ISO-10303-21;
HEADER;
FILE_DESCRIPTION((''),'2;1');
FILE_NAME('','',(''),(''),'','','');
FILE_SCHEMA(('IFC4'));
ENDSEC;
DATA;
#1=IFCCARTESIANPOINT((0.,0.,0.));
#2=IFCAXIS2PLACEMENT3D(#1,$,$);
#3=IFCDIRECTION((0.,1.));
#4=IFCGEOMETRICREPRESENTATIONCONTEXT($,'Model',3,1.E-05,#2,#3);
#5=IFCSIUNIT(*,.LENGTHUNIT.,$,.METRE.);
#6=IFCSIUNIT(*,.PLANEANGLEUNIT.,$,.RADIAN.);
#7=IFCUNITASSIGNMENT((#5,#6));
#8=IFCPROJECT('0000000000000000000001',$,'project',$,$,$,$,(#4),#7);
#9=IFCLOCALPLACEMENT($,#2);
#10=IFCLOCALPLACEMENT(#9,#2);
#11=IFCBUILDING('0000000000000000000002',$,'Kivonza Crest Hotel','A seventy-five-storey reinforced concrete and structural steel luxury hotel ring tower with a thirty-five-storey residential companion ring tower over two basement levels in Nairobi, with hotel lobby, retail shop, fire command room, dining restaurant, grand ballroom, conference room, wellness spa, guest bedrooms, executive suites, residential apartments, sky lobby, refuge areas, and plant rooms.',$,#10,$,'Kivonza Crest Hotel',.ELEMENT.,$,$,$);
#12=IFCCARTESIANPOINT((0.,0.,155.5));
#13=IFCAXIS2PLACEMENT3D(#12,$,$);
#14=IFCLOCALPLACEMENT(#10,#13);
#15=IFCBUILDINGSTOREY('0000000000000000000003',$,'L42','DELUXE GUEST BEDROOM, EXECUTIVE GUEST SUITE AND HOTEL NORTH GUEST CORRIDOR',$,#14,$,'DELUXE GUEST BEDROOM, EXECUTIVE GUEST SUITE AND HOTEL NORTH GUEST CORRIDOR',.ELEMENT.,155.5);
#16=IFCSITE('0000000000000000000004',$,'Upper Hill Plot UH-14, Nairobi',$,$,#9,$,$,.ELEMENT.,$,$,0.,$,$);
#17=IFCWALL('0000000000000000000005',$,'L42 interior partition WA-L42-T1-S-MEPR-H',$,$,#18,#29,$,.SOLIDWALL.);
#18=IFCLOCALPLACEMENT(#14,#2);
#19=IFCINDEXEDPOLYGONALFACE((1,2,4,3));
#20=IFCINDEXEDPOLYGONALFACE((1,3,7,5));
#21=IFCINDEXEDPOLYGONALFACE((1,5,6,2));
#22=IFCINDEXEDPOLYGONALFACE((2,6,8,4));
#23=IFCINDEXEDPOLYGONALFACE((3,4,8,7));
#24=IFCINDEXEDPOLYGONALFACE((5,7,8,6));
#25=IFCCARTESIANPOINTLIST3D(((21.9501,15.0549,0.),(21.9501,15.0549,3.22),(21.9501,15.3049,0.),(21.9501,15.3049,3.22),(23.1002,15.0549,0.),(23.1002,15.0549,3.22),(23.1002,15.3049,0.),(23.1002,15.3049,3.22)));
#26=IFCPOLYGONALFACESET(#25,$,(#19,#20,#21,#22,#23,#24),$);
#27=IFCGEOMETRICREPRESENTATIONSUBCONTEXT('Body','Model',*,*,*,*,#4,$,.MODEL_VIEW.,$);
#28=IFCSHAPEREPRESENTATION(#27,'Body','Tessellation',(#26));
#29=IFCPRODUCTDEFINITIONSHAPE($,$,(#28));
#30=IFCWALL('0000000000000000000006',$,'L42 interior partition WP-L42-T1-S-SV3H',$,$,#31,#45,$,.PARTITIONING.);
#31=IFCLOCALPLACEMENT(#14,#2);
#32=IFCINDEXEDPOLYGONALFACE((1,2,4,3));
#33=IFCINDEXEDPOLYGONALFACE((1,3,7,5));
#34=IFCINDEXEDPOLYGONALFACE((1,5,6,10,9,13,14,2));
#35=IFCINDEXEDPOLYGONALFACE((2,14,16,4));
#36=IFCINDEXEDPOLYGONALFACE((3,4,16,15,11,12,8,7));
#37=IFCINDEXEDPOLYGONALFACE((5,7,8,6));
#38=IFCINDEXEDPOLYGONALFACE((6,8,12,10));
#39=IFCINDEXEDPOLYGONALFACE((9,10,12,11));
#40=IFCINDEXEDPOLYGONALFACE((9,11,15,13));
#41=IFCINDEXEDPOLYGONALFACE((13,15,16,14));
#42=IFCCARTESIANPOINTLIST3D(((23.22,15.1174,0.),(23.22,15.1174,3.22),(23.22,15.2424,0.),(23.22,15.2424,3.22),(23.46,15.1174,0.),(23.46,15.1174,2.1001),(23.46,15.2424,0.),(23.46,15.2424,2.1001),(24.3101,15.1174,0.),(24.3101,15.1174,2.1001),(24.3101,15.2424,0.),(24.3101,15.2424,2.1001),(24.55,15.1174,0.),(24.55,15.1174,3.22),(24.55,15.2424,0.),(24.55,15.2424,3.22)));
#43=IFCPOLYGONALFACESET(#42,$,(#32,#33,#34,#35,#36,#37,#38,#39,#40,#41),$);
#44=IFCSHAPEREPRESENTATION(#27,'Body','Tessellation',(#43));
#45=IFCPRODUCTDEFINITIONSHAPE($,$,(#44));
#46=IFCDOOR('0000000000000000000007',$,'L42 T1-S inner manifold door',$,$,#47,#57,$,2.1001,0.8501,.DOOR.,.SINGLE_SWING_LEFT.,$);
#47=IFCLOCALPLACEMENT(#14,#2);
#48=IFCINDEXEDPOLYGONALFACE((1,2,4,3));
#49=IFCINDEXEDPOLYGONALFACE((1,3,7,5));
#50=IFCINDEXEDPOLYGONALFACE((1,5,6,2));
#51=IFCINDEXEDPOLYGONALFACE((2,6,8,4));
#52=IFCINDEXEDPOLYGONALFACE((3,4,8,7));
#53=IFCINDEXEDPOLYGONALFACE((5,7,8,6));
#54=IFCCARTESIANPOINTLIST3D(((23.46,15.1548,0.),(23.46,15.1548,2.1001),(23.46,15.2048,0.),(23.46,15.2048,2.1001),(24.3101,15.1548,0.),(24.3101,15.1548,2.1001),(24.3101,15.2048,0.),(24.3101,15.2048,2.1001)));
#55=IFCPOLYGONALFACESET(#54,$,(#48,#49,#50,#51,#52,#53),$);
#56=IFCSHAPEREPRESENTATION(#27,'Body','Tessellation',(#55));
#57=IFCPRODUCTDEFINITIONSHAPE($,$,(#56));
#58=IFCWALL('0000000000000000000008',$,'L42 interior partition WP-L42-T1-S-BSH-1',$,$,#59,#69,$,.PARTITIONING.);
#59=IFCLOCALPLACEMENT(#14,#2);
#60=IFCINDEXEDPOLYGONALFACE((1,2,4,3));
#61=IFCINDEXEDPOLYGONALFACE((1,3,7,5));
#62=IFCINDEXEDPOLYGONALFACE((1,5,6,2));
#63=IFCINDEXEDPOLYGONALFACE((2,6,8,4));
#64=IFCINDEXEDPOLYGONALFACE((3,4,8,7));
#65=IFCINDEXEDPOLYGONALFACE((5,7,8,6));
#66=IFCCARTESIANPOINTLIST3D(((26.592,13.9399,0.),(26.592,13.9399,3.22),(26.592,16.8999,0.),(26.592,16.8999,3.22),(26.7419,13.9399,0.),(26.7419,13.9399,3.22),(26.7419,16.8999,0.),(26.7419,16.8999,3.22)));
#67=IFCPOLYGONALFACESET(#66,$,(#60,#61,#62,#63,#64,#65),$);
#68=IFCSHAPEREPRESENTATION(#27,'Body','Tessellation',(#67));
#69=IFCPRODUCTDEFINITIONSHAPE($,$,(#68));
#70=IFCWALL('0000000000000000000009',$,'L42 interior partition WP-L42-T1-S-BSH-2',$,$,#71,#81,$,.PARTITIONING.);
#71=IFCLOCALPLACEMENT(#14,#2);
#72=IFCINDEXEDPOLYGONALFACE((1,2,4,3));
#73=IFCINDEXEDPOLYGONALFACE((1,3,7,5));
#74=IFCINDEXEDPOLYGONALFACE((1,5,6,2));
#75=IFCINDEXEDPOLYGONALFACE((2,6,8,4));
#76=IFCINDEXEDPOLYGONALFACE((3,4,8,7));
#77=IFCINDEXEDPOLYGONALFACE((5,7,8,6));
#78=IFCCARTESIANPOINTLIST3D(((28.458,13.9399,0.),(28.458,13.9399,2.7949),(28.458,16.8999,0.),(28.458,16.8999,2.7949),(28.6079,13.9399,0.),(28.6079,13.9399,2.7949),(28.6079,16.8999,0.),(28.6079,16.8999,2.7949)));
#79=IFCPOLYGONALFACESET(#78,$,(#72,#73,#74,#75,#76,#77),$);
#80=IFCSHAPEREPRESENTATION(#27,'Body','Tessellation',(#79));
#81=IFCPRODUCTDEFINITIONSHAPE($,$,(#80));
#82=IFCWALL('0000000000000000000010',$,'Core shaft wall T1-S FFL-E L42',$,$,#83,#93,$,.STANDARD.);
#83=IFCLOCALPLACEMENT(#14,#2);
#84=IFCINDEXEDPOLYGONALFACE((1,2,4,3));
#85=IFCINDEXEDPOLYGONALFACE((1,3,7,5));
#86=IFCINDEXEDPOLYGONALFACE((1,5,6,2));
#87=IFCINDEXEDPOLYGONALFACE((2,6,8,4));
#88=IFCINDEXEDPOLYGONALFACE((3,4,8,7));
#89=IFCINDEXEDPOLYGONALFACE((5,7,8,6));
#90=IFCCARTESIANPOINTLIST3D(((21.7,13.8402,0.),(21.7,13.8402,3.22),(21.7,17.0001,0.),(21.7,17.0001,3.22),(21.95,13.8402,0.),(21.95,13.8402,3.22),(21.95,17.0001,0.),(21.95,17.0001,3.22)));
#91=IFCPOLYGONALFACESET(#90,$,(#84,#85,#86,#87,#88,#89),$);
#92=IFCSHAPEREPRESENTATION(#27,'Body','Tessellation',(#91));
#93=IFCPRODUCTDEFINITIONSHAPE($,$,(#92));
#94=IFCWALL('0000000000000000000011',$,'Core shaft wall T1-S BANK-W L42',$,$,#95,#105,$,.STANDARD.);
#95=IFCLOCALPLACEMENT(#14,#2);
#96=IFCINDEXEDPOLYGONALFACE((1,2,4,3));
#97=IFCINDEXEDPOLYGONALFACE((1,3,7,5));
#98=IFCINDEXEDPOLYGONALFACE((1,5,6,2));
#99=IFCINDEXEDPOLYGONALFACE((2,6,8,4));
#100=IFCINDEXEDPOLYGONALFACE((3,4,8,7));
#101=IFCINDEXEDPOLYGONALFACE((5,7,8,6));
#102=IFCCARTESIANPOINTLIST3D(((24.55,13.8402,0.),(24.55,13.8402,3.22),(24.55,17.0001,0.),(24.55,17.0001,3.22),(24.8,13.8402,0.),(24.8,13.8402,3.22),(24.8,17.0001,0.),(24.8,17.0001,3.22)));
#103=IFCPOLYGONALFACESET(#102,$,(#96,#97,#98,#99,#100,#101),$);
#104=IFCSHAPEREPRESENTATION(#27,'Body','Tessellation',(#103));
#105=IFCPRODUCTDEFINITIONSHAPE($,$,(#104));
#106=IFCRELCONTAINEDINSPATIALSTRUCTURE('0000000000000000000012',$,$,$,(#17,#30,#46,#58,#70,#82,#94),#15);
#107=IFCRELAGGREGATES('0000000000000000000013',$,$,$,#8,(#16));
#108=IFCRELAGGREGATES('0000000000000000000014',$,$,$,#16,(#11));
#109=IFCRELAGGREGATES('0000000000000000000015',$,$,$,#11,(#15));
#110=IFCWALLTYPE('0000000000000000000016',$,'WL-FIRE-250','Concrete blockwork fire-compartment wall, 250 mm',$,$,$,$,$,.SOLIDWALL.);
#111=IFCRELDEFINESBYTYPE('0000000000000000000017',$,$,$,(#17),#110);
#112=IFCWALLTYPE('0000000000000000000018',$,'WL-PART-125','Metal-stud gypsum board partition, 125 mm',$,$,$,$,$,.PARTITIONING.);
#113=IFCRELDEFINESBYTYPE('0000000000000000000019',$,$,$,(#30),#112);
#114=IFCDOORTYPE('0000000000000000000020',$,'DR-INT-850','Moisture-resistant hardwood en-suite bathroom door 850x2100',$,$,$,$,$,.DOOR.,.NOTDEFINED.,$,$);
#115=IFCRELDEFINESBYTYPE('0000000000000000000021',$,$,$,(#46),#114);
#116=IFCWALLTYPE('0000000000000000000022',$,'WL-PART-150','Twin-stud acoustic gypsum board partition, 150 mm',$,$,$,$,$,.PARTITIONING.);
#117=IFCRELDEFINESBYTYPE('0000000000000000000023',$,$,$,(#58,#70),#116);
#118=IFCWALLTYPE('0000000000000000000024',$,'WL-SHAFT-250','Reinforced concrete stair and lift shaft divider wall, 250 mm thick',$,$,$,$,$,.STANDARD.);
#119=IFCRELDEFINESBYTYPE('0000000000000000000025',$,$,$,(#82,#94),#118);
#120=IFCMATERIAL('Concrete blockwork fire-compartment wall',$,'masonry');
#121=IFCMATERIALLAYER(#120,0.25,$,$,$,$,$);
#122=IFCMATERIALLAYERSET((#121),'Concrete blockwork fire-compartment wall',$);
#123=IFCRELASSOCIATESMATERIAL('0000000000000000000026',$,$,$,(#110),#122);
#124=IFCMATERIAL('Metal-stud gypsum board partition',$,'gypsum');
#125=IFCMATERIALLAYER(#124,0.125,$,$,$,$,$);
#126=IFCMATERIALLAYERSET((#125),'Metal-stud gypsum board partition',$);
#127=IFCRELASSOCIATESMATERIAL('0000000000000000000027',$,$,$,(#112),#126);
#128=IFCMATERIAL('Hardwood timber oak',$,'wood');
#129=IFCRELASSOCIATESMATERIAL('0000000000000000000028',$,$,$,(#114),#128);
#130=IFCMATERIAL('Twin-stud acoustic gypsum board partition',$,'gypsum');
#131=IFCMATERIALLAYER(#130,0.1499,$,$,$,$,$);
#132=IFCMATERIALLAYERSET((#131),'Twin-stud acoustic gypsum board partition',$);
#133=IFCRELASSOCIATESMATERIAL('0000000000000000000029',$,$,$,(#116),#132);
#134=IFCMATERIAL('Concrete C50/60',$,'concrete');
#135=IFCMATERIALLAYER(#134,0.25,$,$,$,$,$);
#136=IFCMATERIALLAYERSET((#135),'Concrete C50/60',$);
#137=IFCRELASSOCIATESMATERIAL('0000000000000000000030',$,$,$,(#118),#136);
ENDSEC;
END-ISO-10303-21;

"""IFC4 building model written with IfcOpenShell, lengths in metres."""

from ifc_helpers import new_model, si_unit, direction, frame, frame_2d, origin, place, context, subcontext, project, spatial, rectangle, extrude, material, layer, layer_set, type_object, element, fill, save


model = new_model("IFC4")

# Units and contexts
model_context = context("Model", 3, precision=1e-05, world=origin(), true_north=direction((0.0, 1.0)))
body_context = subcontext(model_context, "Body", "Model", "MODEL_VIEW")
ifc_project = project(units=[si_unit("LENGTHUNIT", "METRE"), si_unit("PLANEANGLEUNIT", "RADIAN")], contexts=[model_context])

# Site, building, storey
site_placement = place(None, origin())
site = spatial("IfcSite", under=ifc_project, at=site_placement, Name="Upper Hill Plot UH-14, Nairobi", CompositionType="ELEMENT", RefElevation=0.0)
building_placement = place(site_placement, origin())
building = spatial("IfcBuilding", under=site, at=building_placement, Name="Kivonza Crest Hotel", Description="A seventy-five-storey reinforced concrete and structural steel luxury hotel ring tower with a thirty-five-storey residential companion ring tower over two basement levels in Nairobi, with hotel lobby, retail shop, fire command room, dining restaurant, grand ballroom, conference room, wellness spa, guest bedrooms, executive suites, residential apartments, sky lobby, refuge areas, and plant rooms.", LongName="Kivonza Crest Hotel", CompositionType="ELEMENT")
storey_placement = place(building_placement, frame((0.0, 0.0, 155.5)))
storey = spatial("IfcBuildingStorey", under=building, at=storey_placement, Name="L42", Description="DELUXE GUEST BEDROOM, EXECUTIVE GUEST SUITE AND HOTEL NORTH GUEST CORRIDOR", LongName="DELUXE GUEST BEDROOM, EXECUTIVE GUEST SUITE AND HOTEL NORTH GUEST CORRIDOR", CompositionType="ELEMENT", Elevation=155.5)

# Shared definitions
ifc_material_1 = material(Name="Concrete C50/60", Category="concrete")

# Shared definitions
ifc_material_2 = material(Name="Hardwood timber oak", Category="wood")

# Wall
ifc_material_3 = material(Name="Concrete blockwork fire-compartment wall", Category="masonry")
ifc_layer_1 = layer(ifc_material_3, 0.25)
ifc_layer_set_1 = layer_set([ifc_layer_1], Name="Concrete blockwork fire-compartment wall")
wall_type_1 = type_object("IfcWallType", Name="WL-FIRE-250", Description="Concrete blockwork fire-compartment wall, 250 mm", PredefinedType="SOLIDWALL", material=ifc_layer_set_1)
wall_1_placement = place(storey_placement, frame((21.95, 15.1799, 0.0), z_axis=(0.0, 0.0, 1.0), x_axis=(1.0, 0.0, 0.0)))
element("IfcWall", 1, at=wall_1_placement, inside=storey, type_object=wall_type_1, Name="L42 interior partition WA-L42-T1-S-MEPR-H", PredefinedType="SOLIDWALL", context=body_context, shape_type="SweptSolid", body=[
    extrude(rectangle(XDim=1.1501, YDim=0.25, at=frame_2d((0.5752, 0.0))), origin(), (0.0, 0.0, 1.0), 3.22),
])

# Wall, opening, door
ifc_material_4 = material(Name="Metal-stud gypsum board partition", Category="gypsum")
ifc_layer_2 = layer(ifc_material_4, 0.125)
ifc_layer_set_2 = layer_set([ifc_layer_2], Name="Metal-stud gypsum board partition")
wall_type_2 = type_object("IfcWallType", Name="WL-PART-125", Description="Metal-stud gypsum board partition, 125 mm", PredefinedType="PARTITIONING", material=ifc_layer_set_2)
wall_2_placement = place(storey_placement, frame((23.22, 15.1799, 0.0), z_axis=(0.0, 0.0, 1.0), x_axis=(1.0, 0.0, 0.0)))
wall_2 = element("IfcWall", 2, at=wall_2_placement, inside=storey, type_object=wall_type_2, Name="L42 interior partition WP-L42-T1-S-SV3H", PredefinedType="PARTITIONING", context=body_context, shape_type="SweptSolid", body=[
    extrude(rectangle(XDim=1.3301, YDim=0.125, at=frame_2d((0.665, 0.0))), origin(), (0.0, 0.0, 1.0), 3.22),
])
opening_1_placement = place(wall_2_placement, frame((0.24, 0.0, 0.0)))
opening_1 = element("IfcOpeningElement", 3, at=opening_1_placement, cuts=wall_2, PredefinedType="OPENING", context=body_context, shape_type="SweptSolid", body=[
    extrude(rectangle(XDim=0.8501, YDim=2.1001, at=frame_2d((0.425, 1.05))), frame((0.0, 0.0725, 0.0), z_axis=(0.0, -1.0, 0.0), x_axis=(1.0, 0.0, 0.0)), (0.0, 0.0, 1.0), 0.145),
])
door_type_1 = type_object("IfcDoorType", Name="DR-INT-850", Description="Moisture-resistant hardwood en-suite bathroom door 850x2100", OperationType="NOTDEFINED", PredefinedType="DOOR", material=ifc_material_2)
door_1_placement = place(opening_1_placement, origin())
door_1 = element("IfcDoor", 4, at=door_1_placement, inside=storey, type_object=door_type_1, Name="L42 T1-S inner manifold door", OperationType="SINGLE_SWING_LEFT", OverallHeight=2.1001, OverallWidth=0.8501, PredefinedType="DOOR", context=body_context, shape_type="SweptSolid", body=[
    extrude(rectangle(XDim=0.8501, YDim=2.1001, at=frame_2d((0.425, 1.05))), frame((0.0, 0.0249, 0.0), z_axis=(0.0, -1.0, 0.0), x_axis=(1.0, 0.0, 0.0)), (0.0, 0.0, 1.0), 0.05),
])
fill(opening_1, door_1)

# Walls
ifc_material_5 = material(Name="Twin-stud acoustic gypsum board partition", Category="gypsum")
ifc_layer_3 = layer(ifc_material_5, 0.1499)
ifc_layer_set_3 = layer_set([ifc_layer_3], Name="Twin-stud acoustic gypsum board partition")
wall_type_3 = type_object("IfcWallType", Name="WL-PART-150", Description="Twin-stud acoustic gypsum board partition, 150 mm", PredefinedType="PARTITIONING", material=ifc_layer_set_3)
wall_3_placement = place(storey_placement, frame((26.667, 13.9399, 0.0), z_axis=(0.0, 0.0, 1.0), x_axis=(0.0, 1.0, 0.0)))
element("IfcWall", 5, at=wall_3_placement, inside=storey, type_object=wall_type_3, Name="L42 interior partition WP-L42-T1-S-BSH-1", PredefinedType="PARTITIONING", context=body_context, shape_type="SweptSolid", body=[
    extrude(rectangle(XDim=2.96, YDim=0.1499, at=frame_2d((1.48, 0.0))), origin(), (0.0, 0.0, 1.0), 3.22),
])
wall_4_placement = place(storey_placement, frame((28.533, 13.9399, 0.0), z_axis=(0.0, 0.0, 1.0), x_axis=(0.0, 1.0, 0.0)))
element("IfcWall", 6, at=wall_4_placement, inside=storey, type_object=wall_type_3, Name="L42 interior partition WP-L42-T1-S-BSH-2", PredefinedType="PARTITIONING", context=body_context, shape_type="SweptSolid", body=[
    extrude(rectangle(XDim=2.96, YDim=0.1499, at=frame_2d((1.48, 0.0))), origin(), (0.0, 0.0, 1.0), 2.7949),
])

# Shared definitions
ifc_layer_4 = layer(ifc_material_1, 0.25)
ifc_layer_set_4 = layer_set([ifc_layer_4], Name="Concrete C50/60")
wall_type_4 = type_object("IfcWallType", Name="WL-SHAFT-250", Description="Reinforced concrete stair and lift shaft divider wall, 250 mm thick", PredefinedType="STANDARD", material=ifc_layer_set_4)

# Walls
for number, where, z_axis, x_axis, name in (
    (7, (21.825, 13.8401, 0.0), (0.0, 0.0, 1.0), (0.0, 1.0, 0.0), "Core shaft wall T1-S FFL-E L42"),
    (8, (24.675, 13.8401, 0.0), (0.0, 0.0, 1.0), (0.0, 1.0, 0.0), "Core shaft wall T1-S BANK-W L42"),
):
    element("IfcWall", number, at=place(storey_placement, frame(where, z_axis=z_axis, x_axis=x_axis)), inside=storey, type_object=wall_type_4, Name=name, PredefinedType="STANDARD", context=body_context, shape_type="SweptSolid", body=[
        extrude(rectangle(XDim=3.1599, YDim=0.25, at=frame_2d((1.5801, 0.0))), origin(), (0.0, 0.0, 1.0), 3.22),
    ])

save(model, "model.ifc")
